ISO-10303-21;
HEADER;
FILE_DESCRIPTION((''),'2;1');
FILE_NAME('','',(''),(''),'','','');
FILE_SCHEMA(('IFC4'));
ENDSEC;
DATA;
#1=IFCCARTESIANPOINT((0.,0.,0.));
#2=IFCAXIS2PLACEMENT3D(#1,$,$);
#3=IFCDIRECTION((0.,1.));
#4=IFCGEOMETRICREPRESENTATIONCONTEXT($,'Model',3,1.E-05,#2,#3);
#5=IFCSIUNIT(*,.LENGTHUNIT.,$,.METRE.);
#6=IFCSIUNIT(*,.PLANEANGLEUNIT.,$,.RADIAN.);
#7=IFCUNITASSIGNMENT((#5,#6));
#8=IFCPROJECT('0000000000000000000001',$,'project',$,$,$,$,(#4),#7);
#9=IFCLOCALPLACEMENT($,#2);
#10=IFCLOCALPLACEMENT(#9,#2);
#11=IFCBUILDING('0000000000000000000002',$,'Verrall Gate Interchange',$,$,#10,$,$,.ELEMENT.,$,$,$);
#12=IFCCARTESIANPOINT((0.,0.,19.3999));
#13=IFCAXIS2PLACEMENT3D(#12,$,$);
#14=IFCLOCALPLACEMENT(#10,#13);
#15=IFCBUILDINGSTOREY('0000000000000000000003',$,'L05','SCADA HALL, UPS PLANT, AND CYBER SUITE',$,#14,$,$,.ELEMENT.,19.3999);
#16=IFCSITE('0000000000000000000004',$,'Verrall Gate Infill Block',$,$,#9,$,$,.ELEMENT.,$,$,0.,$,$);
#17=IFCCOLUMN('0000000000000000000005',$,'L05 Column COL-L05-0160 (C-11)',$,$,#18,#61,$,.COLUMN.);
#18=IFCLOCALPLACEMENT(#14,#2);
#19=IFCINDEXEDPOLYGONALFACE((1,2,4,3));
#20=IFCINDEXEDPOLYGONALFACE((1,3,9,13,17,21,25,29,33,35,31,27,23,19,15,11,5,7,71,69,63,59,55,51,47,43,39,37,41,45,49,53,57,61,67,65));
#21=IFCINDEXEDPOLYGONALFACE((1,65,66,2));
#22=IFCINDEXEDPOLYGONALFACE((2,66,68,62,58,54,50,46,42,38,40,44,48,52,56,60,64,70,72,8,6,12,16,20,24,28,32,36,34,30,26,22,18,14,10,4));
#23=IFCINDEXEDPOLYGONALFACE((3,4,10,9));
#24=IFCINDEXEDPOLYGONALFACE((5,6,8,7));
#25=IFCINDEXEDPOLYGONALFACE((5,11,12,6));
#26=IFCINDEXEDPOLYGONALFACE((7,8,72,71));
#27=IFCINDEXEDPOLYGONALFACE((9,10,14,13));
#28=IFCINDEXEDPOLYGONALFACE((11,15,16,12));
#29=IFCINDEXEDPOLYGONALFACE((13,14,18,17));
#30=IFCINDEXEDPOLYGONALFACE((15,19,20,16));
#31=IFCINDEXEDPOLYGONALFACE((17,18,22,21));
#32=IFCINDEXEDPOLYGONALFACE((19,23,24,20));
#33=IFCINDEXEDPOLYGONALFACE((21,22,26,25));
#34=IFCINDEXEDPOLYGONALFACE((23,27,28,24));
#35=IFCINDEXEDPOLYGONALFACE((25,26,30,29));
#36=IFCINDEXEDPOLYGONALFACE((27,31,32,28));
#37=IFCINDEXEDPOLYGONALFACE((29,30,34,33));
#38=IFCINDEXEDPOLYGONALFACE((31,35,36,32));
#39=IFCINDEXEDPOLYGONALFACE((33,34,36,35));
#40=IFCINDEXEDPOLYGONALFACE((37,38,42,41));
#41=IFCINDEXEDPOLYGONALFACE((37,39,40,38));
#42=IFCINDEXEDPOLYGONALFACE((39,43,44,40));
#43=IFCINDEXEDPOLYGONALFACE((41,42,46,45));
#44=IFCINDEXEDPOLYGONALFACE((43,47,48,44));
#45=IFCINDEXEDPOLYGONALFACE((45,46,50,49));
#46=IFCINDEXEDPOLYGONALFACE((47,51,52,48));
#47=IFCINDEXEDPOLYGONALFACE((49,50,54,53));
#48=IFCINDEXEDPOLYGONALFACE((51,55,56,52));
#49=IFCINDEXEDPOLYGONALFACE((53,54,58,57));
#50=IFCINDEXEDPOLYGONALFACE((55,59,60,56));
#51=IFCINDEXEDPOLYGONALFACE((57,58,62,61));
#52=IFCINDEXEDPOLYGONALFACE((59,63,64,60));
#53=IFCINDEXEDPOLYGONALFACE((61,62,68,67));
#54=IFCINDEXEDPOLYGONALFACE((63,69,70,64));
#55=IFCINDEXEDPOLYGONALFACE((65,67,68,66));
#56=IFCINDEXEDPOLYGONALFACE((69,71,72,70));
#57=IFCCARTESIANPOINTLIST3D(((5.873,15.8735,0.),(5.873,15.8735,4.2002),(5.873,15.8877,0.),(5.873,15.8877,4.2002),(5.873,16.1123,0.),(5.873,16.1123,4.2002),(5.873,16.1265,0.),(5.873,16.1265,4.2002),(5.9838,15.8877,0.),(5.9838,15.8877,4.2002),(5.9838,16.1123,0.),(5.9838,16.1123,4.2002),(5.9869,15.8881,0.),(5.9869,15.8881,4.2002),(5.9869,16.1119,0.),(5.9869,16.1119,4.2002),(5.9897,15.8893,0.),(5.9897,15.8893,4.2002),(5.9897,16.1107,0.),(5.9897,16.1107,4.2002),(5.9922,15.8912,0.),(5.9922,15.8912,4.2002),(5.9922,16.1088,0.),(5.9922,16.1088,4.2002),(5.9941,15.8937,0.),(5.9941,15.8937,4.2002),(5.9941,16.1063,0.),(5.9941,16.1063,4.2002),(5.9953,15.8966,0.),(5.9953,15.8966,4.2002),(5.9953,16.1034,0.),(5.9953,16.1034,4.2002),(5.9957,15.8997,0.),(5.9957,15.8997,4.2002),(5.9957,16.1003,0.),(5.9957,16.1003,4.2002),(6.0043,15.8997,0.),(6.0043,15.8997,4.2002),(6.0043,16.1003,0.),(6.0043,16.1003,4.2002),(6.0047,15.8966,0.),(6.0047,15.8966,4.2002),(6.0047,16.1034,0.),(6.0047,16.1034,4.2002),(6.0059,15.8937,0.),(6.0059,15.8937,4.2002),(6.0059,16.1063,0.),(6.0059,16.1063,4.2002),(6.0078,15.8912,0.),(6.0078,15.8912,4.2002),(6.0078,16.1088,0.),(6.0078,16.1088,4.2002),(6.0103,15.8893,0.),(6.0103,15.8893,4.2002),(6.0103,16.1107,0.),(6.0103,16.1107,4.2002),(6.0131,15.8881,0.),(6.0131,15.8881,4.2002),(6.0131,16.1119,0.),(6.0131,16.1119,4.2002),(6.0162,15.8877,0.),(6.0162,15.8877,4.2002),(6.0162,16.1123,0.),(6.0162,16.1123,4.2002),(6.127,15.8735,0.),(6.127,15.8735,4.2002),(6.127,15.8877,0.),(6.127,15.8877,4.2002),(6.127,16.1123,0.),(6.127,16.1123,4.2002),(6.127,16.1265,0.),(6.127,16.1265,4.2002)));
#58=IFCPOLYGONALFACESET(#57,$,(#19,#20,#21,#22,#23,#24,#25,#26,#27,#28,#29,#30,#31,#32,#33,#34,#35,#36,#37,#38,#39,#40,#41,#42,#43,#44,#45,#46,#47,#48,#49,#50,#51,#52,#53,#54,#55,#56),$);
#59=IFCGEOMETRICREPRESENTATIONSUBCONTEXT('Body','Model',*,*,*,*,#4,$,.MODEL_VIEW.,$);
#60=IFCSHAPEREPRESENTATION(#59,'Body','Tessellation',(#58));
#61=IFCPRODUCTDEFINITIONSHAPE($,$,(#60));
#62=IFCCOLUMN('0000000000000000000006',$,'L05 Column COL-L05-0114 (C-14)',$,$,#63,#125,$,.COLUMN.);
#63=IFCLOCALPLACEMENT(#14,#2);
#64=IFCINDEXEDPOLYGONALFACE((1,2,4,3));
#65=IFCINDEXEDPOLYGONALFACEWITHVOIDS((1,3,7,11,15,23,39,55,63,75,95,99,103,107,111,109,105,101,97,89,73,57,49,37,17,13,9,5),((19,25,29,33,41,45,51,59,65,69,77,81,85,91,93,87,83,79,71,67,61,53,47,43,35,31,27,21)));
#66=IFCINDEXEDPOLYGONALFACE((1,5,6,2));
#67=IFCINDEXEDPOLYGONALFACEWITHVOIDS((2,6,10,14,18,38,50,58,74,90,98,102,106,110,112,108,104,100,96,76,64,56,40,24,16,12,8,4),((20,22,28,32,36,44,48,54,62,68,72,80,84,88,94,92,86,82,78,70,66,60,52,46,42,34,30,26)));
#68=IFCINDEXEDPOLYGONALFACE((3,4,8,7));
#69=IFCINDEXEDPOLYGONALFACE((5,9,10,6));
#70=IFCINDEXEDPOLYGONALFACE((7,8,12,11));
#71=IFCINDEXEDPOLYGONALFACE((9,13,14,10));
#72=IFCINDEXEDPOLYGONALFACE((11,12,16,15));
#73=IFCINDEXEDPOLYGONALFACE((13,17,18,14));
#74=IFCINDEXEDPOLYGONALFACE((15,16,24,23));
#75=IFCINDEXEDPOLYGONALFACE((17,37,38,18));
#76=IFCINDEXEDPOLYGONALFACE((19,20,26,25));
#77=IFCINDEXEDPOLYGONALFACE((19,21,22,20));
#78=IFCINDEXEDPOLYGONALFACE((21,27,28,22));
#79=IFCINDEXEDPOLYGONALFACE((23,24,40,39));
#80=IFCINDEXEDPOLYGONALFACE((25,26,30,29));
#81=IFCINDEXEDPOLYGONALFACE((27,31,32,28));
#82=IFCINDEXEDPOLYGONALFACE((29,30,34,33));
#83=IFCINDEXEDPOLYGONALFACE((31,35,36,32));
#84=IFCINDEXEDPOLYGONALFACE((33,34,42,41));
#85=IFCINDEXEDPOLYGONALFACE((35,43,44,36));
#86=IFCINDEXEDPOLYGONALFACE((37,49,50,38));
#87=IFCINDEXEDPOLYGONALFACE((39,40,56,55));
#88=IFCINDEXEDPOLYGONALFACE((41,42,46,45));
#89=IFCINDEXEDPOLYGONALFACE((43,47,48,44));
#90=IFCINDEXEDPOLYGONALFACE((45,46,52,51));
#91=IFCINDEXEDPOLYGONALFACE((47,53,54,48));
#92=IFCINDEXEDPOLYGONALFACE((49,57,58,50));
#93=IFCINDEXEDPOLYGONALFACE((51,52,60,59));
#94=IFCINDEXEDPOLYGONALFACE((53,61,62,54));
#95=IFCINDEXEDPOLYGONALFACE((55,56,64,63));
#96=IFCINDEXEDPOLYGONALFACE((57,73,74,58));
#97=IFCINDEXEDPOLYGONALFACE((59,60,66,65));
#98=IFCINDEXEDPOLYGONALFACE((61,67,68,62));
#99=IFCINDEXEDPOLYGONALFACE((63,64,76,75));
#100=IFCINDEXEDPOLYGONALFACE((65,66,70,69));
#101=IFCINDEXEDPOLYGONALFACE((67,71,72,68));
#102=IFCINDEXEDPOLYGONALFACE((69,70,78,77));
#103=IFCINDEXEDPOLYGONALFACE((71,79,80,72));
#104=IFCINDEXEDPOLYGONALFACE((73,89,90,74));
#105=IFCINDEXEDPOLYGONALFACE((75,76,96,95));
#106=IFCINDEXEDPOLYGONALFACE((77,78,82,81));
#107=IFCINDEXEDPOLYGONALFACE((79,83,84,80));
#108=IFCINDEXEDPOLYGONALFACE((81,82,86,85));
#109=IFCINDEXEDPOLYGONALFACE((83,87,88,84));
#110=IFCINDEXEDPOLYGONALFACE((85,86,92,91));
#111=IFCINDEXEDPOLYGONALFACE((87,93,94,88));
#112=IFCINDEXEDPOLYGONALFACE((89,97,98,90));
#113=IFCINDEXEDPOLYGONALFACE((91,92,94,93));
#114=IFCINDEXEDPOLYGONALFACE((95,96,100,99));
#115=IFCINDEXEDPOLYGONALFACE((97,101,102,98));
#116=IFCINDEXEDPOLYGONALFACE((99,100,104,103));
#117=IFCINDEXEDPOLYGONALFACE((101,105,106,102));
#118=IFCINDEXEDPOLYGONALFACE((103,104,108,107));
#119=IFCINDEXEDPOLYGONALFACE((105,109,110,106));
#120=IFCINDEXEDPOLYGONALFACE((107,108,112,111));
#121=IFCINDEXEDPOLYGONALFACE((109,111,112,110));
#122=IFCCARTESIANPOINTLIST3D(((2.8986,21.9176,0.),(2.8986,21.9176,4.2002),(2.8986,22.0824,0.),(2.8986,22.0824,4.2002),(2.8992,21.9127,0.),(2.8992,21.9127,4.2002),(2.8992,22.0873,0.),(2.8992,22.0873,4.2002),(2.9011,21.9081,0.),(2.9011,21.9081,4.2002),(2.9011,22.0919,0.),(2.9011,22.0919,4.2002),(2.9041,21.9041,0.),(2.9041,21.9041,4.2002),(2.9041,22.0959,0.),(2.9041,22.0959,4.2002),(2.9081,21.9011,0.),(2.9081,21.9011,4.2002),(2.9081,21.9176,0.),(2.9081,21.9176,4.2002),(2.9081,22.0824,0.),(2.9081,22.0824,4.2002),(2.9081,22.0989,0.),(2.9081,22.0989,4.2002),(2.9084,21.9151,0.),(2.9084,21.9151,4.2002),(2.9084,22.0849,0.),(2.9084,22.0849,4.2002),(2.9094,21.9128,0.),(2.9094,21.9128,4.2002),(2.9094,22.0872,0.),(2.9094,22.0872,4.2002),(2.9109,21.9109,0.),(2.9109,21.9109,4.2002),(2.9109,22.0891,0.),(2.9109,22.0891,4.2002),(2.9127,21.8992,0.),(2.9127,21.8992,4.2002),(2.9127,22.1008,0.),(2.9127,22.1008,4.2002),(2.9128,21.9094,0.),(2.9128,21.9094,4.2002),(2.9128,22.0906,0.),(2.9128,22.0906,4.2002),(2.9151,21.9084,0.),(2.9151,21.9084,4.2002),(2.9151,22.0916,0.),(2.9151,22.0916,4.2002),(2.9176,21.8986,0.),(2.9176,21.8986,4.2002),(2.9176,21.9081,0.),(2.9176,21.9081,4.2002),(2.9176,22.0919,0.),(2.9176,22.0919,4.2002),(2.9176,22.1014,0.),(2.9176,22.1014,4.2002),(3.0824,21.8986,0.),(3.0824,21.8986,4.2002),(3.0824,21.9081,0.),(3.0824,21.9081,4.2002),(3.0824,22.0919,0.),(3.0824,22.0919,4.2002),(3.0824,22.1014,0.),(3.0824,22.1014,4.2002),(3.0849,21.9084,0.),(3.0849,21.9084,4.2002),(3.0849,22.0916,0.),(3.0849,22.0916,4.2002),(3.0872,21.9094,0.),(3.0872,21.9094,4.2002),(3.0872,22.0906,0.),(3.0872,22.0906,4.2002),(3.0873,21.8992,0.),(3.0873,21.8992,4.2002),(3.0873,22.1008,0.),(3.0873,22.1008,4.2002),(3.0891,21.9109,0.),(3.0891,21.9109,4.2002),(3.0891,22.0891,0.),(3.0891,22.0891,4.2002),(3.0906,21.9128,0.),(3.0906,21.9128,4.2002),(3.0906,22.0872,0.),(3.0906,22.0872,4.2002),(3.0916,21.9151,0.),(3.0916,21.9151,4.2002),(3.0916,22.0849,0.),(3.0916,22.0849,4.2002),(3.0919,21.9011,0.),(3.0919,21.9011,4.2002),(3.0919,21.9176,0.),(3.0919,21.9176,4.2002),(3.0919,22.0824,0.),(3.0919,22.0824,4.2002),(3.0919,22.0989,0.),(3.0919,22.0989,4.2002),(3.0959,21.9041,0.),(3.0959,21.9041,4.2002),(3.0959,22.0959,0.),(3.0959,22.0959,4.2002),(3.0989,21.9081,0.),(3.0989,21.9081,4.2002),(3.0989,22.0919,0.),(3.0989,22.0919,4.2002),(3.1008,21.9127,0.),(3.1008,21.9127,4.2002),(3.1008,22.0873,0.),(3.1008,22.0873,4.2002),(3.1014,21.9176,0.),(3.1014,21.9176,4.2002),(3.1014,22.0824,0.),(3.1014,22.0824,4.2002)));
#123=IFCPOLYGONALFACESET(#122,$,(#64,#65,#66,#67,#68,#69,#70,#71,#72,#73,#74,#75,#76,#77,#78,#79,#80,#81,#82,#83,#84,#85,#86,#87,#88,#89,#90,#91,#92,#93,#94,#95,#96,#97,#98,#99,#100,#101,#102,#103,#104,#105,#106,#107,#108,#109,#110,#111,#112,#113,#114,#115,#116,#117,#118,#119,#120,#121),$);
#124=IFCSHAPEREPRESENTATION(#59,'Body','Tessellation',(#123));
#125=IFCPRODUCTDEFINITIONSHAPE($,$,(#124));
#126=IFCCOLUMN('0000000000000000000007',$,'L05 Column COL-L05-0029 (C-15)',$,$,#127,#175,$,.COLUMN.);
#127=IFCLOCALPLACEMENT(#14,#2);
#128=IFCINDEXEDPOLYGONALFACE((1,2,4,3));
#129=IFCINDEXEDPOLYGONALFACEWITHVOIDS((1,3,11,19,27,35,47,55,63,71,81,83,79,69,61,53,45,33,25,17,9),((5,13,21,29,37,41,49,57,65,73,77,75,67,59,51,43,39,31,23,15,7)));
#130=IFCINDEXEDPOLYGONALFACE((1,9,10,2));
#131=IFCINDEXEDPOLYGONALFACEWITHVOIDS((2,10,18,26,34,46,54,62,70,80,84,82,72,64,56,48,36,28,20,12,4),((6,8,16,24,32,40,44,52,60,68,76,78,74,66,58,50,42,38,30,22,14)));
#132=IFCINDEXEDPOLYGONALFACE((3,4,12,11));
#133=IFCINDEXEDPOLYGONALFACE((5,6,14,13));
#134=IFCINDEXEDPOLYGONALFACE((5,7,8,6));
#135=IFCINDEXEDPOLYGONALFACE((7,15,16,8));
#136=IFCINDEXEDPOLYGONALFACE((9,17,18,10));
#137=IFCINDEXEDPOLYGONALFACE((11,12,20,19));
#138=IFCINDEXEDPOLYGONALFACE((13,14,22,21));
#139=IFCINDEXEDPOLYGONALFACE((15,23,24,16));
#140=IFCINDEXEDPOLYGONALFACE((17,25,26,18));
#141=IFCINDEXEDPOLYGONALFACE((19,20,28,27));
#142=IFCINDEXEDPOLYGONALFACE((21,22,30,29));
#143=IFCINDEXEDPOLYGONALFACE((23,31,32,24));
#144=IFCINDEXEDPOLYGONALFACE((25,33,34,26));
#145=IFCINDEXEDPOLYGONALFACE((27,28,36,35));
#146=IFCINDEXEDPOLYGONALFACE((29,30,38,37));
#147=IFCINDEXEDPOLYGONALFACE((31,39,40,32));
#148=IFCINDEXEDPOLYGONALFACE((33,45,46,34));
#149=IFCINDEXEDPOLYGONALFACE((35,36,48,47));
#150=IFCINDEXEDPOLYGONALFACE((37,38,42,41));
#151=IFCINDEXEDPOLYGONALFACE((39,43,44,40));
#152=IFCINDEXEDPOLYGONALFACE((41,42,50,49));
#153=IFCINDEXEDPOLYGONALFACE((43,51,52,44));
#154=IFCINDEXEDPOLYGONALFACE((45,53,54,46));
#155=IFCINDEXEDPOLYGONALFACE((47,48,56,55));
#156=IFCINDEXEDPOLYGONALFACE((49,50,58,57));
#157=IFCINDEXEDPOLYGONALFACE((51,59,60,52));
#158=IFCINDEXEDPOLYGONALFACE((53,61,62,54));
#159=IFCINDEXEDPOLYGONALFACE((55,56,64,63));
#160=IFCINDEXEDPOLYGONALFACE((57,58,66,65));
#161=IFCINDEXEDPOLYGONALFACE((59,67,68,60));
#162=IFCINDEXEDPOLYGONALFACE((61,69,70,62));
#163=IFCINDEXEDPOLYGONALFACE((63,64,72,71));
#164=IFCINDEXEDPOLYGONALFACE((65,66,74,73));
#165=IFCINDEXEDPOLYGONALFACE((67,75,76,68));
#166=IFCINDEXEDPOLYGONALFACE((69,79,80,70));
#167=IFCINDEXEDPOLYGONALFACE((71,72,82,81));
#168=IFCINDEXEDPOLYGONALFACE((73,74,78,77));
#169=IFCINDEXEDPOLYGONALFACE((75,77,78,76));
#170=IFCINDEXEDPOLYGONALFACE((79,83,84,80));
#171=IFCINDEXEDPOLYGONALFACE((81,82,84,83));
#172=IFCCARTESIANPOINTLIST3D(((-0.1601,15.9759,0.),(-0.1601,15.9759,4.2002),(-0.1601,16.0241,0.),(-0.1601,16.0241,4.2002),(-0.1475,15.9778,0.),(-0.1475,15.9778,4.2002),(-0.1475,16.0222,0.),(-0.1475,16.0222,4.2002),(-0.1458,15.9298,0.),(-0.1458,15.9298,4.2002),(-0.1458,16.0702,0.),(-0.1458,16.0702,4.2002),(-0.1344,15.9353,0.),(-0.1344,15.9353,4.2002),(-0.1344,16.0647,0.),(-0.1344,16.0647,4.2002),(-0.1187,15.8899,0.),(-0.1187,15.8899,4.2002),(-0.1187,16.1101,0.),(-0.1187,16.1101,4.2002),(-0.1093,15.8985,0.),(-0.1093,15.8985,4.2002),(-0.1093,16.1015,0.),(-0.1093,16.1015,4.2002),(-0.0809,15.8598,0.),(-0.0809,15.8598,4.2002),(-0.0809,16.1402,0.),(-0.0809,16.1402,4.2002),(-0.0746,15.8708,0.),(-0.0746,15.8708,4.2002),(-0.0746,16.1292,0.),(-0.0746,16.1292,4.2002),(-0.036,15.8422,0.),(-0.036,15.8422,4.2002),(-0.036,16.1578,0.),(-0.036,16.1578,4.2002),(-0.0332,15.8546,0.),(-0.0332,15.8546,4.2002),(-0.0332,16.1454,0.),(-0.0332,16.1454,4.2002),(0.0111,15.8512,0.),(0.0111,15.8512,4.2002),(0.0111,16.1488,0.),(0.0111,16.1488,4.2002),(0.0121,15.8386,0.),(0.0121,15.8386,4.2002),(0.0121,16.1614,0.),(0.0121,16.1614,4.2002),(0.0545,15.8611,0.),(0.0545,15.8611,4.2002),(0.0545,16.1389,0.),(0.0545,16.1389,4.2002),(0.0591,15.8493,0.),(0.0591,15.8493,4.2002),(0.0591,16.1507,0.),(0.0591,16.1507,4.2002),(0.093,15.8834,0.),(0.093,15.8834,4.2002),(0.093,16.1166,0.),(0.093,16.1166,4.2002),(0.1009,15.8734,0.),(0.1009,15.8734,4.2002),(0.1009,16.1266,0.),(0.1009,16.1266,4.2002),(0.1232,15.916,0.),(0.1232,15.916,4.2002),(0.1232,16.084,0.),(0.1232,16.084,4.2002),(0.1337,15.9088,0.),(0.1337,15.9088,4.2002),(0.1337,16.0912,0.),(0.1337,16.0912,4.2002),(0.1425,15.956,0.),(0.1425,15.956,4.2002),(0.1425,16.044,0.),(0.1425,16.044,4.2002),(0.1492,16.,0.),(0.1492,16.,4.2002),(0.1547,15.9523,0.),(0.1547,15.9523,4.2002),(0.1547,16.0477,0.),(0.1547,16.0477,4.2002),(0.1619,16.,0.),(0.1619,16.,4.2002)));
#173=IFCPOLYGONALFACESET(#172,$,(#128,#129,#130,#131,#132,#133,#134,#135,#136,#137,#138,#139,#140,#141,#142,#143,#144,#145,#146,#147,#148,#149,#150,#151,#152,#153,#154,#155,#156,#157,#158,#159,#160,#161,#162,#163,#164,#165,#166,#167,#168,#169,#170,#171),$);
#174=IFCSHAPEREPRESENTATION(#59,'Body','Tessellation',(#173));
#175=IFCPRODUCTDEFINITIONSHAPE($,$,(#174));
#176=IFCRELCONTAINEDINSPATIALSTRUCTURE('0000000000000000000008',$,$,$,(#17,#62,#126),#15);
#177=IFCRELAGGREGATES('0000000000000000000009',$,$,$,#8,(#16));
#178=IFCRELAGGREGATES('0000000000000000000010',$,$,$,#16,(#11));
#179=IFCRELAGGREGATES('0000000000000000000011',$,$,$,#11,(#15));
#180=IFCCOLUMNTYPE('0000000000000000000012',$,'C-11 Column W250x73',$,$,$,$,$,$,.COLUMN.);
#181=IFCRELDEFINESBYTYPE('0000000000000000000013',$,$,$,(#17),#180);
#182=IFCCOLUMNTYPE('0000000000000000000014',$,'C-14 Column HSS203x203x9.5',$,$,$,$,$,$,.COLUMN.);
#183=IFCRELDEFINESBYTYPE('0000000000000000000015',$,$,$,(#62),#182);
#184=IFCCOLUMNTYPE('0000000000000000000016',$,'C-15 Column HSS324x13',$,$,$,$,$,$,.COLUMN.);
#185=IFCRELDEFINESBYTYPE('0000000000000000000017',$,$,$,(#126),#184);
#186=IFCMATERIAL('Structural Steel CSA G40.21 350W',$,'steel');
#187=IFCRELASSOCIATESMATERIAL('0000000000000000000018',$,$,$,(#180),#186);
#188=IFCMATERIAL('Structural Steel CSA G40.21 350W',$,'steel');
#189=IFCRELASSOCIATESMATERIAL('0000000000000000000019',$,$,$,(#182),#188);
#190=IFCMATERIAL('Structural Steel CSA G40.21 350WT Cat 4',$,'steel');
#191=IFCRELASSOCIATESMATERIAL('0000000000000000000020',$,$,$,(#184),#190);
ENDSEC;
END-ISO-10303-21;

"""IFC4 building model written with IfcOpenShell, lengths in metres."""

from ifc_helpers import new_model, si_unit, direction, frame, origin, origin_2d, place, context, subcontext, project, spatial, hollow_rectangle, hollow_circle, i_section, extrude, material, material_profile, profile_set, type_object, element, save


model = new_model("IFC4")

# Units and contexts
model_context = context("Model", 3, precision=1e-05, world=origin(), true_north=direction((0.0, 1.0)))
body_context = subcontext(model_context, "Body", "Model", "MODEL_VIEW")
ifc_project = project(units=[si_unit("LENGTHUNIT", "METRE"), si_unit("PLANEANGLEUNIT", "RADIAN")], contexts=[model_context])

# Site, building, storey
site_placement = place(None, origin())
site = spatial("IfcSite", under=ifc_project, at=site_placement, Name="Verrall Gate Infill Block", CompositionType="ELEMENT", RefElevation=0.0)
building_placement = place(site_placement, origin())
building = spatial("IfcBuilding", under=site, at=building_placement, Name="Verrall Gate Interchange", CompositionType="ELEMENT")
storey_placement = place(building_placement, frame((0.0, 0.0, 19.3999)))
storey = spatial("IfcBuildingStorey", under=building, at=storey_placement, Name="L05", Description="SCADA HALL, UPS PLANT, AND CYBER SUITE", CompositionType="ELEMENT", Elevation=19.3999)

# Columns
ifc_material_1 = material(Name="Structural Steel CSA G40.21 350W", Category="steel")
ifc_material_profile_1 = material_profile(ifc_material_1, i_section(OverallWidth=0.2539, OverallDepth=0.2529, WebThickness=0.0085, FlangeThickness=0.0142, FilletRadius=0.012, at=origin_2d()), Name="W250x73")
ifc_profile_set_1 = profile_set([ifc_material_profile_1], Name="Structural Steel CSA G40.21 350W")
column_type_1 = type_object("IfcColumnType", Name="C-11 Column W250x73", PredefinedType="COLUMN", material=ifc_profile_set_1)
column_1_placement = place(storey_placement, frame((6.0, 16.0, 0.0), z_axis=(0.0, 0.0, 1.0), x_axis=(1.0, 0.0, 0.0)))
element("IfcColumn", 1, at=column_1_placement, inside=storey, type_object=column_type_1, Name="L05 Column COL-L05-0160 (C-11)", PredefinedType="COLUMN", context=body_context, shape_type="SweptSolid", body=[
    extrude(i_section(OverallWidth=0.2539, OverallDepth=0.2529, WebThickness=0.0085, FlangeThickness=0.0142, FilletRadius=0.012, at=origin_2d()), origin(), (0.0, 0.0, 1.0), 4.2002),
])
ifc_material_2 = material(Name="Structural Steel CSA G40.21 350W", Category="steel")
ifc_material_profile_2 = material_profile(ifc_material_2, hollow_rectangle(XDim=0.2029, YDim=0.2029, WallThickness=0.0095, InnerFilletRadius=0.0095, OuterFilletRadius=0.019, at=origin_2d()), Name="HSS203x203x9.5")
ifc_profile_set_2 = profile_set([ifc_material_profile_2], Name="Structural Steel CSA G40.21 350W")
column_type_2 = type_object("IfcColumnType", Name="C-14 Column HSS203x203x9.5", PredefinedType="COLUMN", material=ifc_profile_set_2)
column_2_placement = place(storey_placement, frame((3.0, 22.0, 0.0), z_axis=(0.0, 0.0, 1.0), x_axis=(1.0, 0.0, 0.0)))
element("IfcColumn", 2, at=column_2_placement, inside=storey, type_object=column_type_2, Name="L05 Column COL-L05-0114 (C-14)", PredefinedType="COLUMN", context=body_context, shape_type="SweptSolid", body=[
    extrude(hollow_rectangle(XDim=0.2029, YDim=0.2029, WallThickness=0.0095, InnerFilletRadius=0.0095, OuterFilletRadius=0.019, at=origin_2d()), origin(), (0.0, 0.0, 1.0), 4.2002),
])
ifc_material_3 = material(Name="Structural Steel CSA G40.21 350WT Cat 4", Category="steel")
ifc_material_profile_3 = material_profile(ifc_material_3, hollow_circle(Radius=0.1619, WallThickness=0.0127, at=origin_2d()), Name="HSS324x13")
ifc_profile_set_3 = profile_set([ifc_material_profile_3], Name="Structural Steel CSA G40.21 350WT Cat 4")
column_type_3 = type_object("IfcColumnType", Name="C-15 Column HSS324x13", PredefinedType="COLUMN", material=ifc_profile_set_3)
for number, where, z_axis, x_axis, name in (
    (3, (0.0, 16.0, 0.0), (0.0, 0.0, 1.0), (1.0, 0.0, 0.0), "L05 Column COL-L05-0029 (C-15)"),
):
    element("IfcColumn", number, at=place(storey_placement, frame(where, z_axis=z_axis, x_axis=x_axis)), inside=storey, type_object=column_type_3, Name=name, PredefinedType="COLUMN", context=body_context, shape_type="SweptSolid", body=[
        extrude(hollow_circle(Radius=0.1619, WallThickness=0.0127, at=origin_2d()), origin(), (0.0, 0.0, 1.0), 4.2002),
    ])

save(model, "model.ifc")
